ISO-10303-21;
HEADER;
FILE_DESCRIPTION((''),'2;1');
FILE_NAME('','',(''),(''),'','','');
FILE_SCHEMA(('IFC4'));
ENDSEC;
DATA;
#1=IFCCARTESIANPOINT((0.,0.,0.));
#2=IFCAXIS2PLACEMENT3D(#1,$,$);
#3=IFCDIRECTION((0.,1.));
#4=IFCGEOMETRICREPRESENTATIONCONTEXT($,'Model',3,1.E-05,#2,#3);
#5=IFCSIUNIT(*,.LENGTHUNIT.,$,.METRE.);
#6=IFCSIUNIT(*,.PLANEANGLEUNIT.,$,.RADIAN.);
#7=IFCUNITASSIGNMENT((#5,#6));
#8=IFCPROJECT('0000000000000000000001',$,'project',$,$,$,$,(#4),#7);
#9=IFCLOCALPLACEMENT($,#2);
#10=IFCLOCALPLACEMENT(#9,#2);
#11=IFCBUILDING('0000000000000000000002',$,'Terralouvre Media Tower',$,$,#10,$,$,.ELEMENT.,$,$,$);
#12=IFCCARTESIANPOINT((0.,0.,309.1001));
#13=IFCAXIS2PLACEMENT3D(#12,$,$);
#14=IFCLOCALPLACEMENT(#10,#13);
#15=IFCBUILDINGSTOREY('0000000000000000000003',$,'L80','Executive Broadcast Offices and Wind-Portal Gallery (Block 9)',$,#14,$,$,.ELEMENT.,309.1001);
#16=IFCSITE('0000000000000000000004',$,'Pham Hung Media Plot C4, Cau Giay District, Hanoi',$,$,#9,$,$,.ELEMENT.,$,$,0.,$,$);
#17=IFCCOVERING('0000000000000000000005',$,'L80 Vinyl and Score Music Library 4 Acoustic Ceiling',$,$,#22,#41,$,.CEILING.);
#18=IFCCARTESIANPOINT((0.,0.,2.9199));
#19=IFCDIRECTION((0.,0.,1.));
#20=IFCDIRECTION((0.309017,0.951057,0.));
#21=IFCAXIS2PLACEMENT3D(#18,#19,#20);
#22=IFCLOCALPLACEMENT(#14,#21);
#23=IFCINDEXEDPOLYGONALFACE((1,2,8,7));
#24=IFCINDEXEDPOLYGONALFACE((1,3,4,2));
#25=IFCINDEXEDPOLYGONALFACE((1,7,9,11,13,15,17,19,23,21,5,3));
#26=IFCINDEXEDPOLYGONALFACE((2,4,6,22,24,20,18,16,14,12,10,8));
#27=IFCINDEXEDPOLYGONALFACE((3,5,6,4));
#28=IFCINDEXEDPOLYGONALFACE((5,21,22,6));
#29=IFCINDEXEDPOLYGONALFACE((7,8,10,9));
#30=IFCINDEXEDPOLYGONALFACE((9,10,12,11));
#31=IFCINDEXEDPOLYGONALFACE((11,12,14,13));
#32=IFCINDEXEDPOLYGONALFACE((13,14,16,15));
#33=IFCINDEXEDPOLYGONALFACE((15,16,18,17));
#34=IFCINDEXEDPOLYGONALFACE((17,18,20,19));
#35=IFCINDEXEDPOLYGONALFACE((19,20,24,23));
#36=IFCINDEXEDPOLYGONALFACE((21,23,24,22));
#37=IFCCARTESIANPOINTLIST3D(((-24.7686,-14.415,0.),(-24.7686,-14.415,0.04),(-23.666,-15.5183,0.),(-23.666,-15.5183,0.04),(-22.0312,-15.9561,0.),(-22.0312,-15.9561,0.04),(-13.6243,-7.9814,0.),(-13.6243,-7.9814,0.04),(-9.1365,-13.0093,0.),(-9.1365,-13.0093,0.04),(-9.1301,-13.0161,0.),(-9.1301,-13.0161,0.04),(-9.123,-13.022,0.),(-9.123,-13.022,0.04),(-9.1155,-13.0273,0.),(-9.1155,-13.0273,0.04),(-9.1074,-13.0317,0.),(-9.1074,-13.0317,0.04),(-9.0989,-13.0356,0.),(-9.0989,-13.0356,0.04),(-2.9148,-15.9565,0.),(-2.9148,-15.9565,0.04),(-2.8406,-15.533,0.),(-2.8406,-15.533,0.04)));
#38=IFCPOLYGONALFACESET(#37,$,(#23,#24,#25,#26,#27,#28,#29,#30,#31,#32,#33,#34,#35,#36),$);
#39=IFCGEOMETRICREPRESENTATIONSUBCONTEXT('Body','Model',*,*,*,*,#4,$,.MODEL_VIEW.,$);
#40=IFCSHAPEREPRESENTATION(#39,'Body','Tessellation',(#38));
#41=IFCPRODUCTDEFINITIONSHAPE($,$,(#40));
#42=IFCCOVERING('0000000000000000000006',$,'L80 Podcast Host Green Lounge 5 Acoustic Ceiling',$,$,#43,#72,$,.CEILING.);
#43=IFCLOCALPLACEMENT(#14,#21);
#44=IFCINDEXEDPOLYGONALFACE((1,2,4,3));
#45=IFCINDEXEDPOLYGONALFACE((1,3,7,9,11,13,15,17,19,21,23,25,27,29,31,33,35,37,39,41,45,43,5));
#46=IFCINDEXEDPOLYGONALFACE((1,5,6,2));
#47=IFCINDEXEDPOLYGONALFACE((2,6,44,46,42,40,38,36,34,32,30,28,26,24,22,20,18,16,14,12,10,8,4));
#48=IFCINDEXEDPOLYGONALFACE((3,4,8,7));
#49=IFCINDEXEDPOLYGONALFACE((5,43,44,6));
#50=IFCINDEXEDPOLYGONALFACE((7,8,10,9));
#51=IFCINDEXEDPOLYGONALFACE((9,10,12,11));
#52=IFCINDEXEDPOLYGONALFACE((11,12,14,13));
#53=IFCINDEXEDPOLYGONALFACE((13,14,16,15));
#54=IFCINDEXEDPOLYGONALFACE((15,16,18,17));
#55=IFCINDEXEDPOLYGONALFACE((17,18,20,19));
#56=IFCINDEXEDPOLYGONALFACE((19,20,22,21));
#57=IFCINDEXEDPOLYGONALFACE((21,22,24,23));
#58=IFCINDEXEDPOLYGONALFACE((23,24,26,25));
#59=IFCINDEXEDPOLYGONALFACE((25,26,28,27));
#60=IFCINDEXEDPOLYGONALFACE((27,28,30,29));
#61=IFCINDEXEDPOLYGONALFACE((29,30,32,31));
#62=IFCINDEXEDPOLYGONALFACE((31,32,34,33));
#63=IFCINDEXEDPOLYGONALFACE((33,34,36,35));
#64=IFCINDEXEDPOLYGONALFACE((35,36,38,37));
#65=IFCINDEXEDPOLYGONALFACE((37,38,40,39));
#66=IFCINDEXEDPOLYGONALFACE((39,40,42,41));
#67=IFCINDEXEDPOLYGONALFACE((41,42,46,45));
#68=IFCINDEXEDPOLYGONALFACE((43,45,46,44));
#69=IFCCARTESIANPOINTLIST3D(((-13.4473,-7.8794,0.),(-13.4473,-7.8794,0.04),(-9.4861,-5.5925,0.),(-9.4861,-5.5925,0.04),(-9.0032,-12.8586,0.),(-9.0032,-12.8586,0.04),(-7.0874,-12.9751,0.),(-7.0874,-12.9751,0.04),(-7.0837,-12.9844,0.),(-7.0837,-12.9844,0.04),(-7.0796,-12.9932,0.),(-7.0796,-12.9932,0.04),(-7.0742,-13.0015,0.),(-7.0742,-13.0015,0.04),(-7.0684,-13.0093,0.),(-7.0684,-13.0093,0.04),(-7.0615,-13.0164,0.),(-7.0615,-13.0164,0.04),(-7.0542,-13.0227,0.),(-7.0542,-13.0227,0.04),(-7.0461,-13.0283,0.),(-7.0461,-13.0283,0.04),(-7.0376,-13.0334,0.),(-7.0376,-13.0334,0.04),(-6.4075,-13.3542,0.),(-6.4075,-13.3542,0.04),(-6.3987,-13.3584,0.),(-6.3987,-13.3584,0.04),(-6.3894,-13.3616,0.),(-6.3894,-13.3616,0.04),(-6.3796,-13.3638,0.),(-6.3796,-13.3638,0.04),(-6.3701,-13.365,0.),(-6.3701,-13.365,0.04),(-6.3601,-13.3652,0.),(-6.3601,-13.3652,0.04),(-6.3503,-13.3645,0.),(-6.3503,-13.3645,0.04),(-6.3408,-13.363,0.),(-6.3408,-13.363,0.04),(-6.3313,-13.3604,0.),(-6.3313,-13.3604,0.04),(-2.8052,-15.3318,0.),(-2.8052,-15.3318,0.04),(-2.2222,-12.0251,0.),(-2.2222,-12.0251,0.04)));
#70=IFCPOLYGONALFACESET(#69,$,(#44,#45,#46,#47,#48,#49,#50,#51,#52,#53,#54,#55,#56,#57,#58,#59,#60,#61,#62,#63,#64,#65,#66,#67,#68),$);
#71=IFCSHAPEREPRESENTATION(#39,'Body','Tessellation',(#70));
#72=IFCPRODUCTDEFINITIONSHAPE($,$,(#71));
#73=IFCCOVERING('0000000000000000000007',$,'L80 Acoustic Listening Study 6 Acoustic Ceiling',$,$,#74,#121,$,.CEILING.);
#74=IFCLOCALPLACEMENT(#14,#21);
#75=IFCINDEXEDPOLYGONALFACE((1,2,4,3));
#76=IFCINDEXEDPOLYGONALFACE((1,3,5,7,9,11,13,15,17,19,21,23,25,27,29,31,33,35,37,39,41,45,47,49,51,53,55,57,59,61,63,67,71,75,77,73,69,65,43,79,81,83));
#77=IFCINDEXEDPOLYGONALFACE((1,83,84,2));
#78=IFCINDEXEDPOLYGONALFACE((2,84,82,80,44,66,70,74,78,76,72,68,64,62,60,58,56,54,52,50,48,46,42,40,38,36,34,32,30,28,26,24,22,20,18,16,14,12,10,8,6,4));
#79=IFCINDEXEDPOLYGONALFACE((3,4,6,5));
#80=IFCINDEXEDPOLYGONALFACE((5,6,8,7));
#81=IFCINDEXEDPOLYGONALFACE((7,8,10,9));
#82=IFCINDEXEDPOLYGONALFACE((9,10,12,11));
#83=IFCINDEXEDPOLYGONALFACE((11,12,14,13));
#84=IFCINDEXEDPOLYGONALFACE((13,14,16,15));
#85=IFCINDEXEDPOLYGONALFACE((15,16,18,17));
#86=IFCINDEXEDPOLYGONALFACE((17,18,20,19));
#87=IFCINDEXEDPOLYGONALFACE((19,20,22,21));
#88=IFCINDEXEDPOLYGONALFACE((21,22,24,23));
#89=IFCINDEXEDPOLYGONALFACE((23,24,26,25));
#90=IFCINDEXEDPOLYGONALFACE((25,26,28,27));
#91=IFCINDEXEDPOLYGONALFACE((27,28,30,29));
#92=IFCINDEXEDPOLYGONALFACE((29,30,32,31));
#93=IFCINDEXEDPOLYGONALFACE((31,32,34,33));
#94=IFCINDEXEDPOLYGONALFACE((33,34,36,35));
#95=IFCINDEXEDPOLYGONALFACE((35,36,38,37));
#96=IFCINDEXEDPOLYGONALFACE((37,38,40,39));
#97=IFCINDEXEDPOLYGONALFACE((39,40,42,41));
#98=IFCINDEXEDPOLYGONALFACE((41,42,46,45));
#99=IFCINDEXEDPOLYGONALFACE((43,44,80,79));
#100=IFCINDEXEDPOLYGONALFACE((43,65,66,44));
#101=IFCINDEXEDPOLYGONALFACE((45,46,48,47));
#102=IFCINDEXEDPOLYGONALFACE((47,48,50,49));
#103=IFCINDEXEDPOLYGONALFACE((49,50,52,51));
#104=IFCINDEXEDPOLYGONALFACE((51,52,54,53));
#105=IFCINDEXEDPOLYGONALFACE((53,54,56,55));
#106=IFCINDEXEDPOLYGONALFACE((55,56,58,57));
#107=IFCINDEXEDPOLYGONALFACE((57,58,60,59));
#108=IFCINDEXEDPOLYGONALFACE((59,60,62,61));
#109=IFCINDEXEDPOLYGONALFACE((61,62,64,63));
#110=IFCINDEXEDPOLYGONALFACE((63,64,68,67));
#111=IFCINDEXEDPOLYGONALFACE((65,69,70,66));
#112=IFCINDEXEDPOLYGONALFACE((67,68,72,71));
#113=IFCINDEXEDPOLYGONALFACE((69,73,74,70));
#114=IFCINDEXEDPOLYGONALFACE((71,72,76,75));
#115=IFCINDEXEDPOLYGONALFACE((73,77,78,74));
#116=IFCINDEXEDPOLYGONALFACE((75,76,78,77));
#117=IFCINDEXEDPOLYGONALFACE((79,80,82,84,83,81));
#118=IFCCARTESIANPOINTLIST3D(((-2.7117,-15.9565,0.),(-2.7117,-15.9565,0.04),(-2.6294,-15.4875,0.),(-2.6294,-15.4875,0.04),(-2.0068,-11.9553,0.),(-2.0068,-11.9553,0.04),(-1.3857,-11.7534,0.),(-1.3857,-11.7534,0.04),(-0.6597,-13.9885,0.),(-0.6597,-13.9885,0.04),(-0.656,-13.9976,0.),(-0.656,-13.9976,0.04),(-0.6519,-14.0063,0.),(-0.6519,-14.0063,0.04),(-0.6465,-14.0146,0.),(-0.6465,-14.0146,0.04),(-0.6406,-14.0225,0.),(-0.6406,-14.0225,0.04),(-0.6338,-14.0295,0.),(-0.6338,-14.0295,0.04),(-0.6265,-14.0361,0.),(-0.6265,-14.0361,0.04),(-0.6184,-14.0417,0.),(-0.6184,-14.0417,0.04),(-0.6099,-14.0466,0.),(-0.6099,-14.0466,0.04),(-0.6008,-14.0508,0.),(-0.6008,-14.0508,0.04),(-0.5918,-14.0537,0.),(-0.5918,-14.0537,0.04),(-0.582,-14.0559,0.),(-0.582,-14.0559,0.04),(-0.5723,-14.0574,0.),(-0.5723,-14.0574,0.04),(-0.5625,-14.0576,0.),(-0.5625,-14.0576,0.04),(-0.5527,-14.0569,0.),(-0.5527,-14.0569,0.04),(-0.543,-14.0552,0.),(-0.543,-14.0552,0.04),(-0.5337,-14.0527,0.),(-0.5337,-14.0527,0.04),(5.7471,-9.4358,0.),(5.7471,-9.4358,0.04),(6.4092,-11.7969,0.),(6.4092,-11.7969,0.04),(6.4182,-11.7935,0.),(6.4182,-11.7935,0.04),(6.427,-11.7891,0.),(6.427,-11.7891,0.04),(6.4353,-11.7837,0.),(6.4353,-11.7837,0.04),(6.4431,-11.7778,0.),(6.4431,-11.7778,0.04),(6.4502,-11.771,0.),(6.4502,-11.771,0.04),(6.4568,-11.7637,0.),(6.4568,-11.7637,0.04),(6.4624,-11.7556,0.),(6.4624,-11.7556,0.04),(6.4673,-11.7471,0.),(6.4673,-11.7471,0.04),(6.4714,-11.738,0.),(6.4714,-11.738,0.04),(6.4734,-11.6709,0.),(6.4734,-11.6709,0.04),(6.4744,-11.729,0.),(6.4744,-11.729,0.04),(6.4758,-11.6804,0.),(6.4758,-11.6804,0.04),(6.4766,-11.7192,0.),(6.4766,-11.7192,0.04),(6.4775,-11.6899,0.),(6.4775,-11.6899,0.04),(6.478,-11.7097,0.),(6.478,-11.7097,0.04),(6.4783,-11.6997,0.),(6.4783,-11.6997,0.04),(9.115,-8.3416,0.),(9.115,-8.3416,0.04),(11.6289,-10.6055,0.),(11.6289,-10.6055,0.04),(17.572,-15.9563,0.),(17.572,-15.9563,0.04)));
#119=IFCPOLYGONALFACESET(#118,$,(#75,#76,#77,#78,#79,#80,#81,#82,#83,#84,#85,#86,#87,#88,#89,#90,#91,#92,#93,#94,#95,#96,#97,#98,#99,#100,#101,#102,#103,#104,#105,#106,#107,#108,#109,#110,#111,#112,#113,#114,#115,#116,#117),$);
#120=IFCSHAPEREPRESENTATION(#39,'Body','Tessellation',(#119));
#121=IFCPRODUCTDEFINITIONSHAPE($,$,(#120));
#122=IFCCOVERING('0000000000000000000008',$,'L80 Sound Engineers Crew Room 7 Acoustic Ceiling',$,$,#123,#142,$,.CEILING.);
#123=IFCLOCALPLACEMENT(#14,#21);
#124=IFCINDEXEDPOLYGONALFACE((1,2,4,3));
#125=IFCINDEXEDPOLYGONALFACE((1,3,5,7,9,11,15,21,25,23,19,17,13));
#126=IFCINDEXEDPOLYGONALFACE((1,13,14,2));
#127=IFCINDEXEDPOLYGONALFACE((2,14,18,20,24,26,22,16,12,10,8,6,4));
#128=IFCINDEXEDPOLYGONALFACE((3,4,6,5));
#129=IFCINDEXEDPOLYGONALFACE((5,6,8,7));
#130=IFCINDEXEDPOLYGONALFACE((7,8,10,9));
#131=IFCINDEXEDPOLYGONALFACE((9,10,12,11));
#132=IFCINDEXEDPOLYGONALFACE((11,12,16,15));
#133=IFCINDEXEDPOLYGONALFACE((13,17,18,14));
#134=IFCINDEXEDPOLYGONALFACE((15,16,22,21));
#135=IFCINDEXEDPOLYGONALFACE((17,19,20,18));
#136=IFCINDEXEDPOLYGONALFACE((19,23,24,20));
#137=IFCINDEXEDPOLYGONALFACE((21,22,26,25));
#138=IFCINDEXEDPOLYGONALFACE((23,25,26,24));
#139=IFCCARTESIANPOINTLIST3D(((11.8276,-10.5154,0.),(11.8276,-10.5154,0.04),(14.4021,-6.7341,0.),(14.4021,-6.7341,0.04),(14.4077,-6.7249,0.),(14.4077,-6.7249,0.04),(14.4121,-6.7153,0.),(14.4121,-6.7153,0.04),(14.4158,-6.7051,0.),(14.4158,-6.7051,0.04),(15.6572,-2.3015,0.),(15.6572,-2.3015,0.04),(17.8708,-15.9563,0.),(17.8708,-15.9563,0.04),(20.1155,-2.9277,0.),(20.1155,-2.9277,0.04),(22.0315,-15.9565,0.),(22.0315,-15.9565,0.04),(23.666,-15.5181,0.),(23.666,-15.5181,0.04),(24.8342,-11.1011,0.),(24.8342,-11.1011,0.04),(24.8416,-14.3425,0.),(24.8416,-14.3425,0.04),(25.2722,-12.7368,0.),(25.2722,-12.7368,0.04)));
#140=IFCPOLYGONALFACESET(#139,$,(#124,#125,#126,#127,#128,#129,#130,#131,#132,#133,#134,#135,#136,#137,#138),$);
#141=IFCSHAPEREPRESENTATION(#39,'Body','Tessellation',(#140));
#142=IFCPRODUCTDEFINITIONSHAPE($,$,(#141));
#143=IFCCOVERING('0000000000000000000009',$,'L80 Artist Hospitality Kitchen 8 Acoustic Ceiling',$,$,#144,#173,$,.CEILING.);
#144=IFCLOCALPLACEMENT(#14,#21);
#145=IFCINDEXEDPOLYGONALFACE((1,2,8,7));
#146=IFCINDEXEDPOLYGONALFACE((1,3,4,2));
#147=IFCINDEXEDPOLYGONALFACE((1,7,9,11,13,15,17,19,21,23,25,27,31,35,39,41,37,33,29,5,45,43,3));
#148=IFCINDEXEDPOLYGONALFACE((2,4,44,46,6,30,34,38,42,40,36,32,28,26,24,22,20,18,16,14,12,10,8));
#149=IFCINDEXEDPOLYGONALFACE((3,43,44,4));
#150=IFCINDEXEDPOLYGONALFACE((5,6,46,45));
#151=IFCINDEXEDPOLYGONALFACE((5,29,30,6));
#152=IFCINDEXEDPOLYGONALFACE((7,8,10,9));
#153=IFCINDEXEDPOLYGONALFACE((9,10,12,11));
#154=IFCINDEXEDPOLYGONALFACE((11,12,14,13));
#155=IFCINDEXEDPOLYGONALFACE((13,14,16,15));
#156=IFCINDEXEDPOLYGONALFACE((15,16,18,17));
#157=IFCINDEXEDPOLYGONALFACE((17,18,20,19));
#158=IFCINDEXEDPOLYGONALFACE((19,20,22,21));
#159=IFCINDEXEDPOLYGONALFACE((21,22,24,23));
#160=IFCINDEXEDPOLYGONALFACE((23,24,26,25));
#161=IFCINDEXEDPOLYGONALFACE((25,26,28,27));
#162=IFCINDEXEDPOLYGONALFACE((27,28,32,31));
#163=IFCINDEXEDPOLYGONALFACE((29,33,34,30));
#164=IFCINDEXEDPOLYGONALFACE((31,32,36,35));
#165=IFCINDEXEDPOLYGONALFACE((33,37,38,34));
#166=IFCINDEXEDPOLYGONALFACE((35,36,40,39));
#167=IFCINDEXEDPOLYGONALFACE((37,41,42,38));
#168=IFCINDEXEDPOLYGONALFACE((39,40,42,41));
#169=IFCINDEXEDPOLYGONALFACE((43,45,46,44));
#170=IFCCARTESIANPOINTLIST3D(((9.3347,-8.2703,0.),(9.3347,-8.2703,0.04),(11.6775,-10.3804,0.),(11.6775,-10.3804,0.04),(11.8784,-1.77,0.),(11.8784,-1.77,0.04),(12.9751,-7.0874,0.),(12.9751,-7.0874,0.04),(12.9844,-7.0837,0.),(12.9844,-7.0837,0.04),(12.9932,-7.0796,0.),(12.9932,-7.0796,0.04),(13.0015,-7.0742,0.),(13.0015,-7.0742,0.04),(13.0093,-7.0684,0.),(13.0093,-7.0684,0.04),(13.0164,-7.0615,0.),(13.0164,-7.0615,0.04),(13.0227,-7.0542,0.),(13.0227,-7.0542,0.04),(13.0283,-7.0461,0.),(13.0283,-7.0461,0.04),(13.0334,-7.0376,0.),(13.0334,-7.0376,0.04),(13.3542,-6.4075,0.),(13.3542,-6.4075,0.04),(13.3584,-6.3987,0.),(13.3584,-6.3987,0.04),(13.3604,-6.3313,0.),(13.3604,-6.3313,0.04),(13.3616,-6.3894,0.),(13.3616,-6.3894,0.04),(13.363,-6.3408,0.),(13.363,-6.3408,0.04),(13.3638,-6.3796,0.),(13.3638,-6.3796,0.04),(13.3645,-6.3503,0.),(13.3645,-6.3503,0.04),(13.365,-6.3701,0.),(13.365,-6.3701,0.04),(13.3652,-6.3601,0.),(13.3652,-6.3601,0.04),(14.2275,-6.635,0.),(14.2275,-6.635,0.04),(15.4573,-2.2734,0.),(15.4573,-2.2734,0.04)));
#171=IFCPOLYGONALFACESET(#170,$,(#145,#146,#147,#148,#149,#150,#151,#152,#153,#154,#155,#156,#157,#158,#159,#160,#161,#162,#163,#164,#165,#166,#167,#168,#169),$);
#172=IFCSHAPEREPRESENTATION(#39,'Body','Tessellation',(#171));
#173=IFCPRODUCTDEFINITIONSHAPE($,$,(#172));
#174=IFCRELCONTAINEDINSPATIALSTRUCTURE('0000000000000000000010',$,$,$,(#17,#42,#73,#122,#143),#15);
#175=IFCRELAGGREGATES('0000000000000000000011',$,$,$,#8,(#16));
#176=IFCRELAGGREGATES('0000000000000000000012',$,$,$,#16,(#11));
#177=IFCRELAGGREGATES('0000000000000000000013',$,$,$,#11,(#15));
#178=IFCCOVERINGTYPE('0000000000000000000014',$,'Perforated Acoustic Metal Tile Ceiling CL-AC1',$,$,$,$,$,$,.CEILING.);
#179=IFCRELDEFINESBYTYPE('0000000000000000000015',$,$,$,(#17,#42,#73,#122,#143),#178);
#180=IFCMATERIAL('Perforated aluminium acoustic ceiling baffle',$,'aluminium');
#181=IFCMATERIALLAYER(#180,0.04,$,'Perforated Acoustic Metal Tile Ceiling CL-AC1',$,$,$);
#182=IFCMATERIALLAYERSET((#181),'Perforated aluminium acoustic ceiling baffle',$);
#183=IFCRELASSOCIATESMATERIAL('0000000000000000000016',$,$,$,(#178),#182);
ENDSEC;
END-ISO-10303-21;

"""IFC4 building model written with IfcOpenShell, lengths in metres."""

from ifc_helpers import new_model, si_unit, direction, frame, origin, place, context, subcontext, project, spatial, polyline, outline, extrude, material, layer, layer_set, type_object, element, save


model = new_model("IFC4")

# Units and contexts
model_context = context("Model", 3, precision=1e-05, world=origin(), true_north=direction((0.0, 1.0)))
body_context = subcontext(model_context, "Body", "Model", "MODEL_VIEW")
ifc_project = project(units=[si_unit("LENGTHUNIT", "METRE"), si_unit("PLANEANGLEUNIT", "RADIAN")], contexts=[model_context])

# Site, building, storey
site_placement = place(None, origin())
site = spatial("IfcSite", under=ifc_project, at=site_placement, Name="Pham Hung Media Plot C4, Cau Giay District, Hanoi", CompositionType="ELEMENT", RefElevation=0.0)
building_placement = place(site_placement, origin())
building = spatial("IfcBuilding", under=site, at=building_placement, Name="Terralouvre Media Tower", CompositionType="ELEMENT")
storey_placement = place(building_placement, frame((0.0, 0.0, 309.1001)))
storey = spatial("IfcBuildingStorey", under=building, at=storey_placement, Name="L80", Description="Executive Broadcast Offices and Wind-Portal Gallery (Block 9)", CompositionType="ELEMENT", Elevation=309.1001)

# Coverings
ifc_material_1 = material(Name="Perforated aluminium acoustic ceiling baffle", Category="aluminium")
ifc_layer_1 = layer(ifc_material_1, 0.04, Name="Perforated Acoustic Metal Tile Ceiling CL-AC1")
ifc_layer_set_1 = layer_set([ifc_layer_1], Name="Perforated aluminium acoustic ceiling baffle")
covering_type_1 = type_object("IfcCoveringType", Name="Perforated Acoustic Metal Tile Ceiling CL-AC1", PredefinedType="CEILING", material=ifc_layer_set_1)
covering_1_placement = place(storey_placement, frame((0.0, 0.0, 2.9199), z_axis=(0.0, 0.0, 1.0), x_axis=(0.309017, 0.951057, 0.0)))
element("IfcCovering", 1, at=covering_1_placement, inside=storey, type_object=covering_type_1, Name="L80 Vinyl and Score Music Library 4 Acoustic Ceiling", PredefinedType="CEILING", context=body_context, shape_type="SweptSolid", body=[
    extrude(outline(polyline([(-9.0989, -13.0356), (-9.1074, -13.0317), (-9.1155, -13.0273), (-9.123, -13.022), (-9.1301, -13.0161), (-9.1365, -13.0093), (-13.6243, -7.9814), (-24.7686, -14.415), (-23.666, -15.5183), (-22.0312, -15.9561), (-2.9148, -15.9565), (-2.8406, -15.533), (-9.0989, -13.0356)])), origin(), (0.0, 0.0, 1.0), 0.04),
])
covering_2_placement = place(storey_placement, frame((0.0, 0.0, 2.9199), z_axis=(0.0, 0.0, 1.0), x_axis=(0.309017, 0.951057, 0.0)))
element("IfcCovering", 2, at=covering_2_placement, inside=storey, type_object=covering_type_1, Name="L80 Podcast Host Green Lounge 5 Acoustic Ceiling", PredefinedType="CEILING", context=body_context, shape_type="SweptSolid", body=[
    extrude(outline(polyline([(-9.0032, -12.8586), (-2.8052, -15.3318), (-2.2222, -12.0251), (-6.3313, -13.3604), (-6.3408, -13.363), (-6.3503, -13.3645), (-6.3601, -13.3652), (-6.3701, -13.365), (-6.3796, -13.3638), (-6.3894, -13.3616), (-6.3987, -13.3584), (-6.4075, -13.3542), (-7.0376, -13.0334), (-7.0461, -13.0283), (-7.0542, -13.0227), (-7.0615, -13.0164), (-7.0684, -13.0093), (-7.0742, -13.0015), (-7.0796, -12.9932), (-7.0837, -12.9844), (-7.0874, -12.9751), (-9.4861, -5.5925), (-13.4473, -7.8794), (-9.0032, -12.8586)])), origin(), (0.0, 0.0, 1.0), 0.04),
])
covering_3_placement = place(storey_placement, frame((0.0, 0.0, 2.9199), z_axis=(0.0, 0.0, 1.0), x_axis=(0.309017, 0.951057, 0.0)))
element("IfcCovering", 3, at=covering_3_placement, inside=storey, type_object=covering_type_1, Name="L80 Acoustic Listening Study 6 Acoustic Ceiling", PredefinedType="CEILING", context=body_context, shape_type="SweptSolid", body=[
    extrude(outline(polyline([(9.115, -8.3416), (5.7471, -9.4358), (6.4734, -11.6709), (6.4758, -11.6804), (6.4775, -11.6899), (6.4783, -11.6997), (6.478, -11.7097), (6.4766, -11.7192), (6.4744, -11.729), (6.4714, -11.738), (6.4673, -11.7471), (6.4624, -11.7556), (6.4568, -11.7637), (6.4502, -11.771), (6.4431, -11.7778), (6.4353, -11.7837), (6.427, -11.7891), (6.4182, -11.7935), (6.4092, -11.7969), (-0.5337, -14.0527), (-0.543, -14.0552), (-0.5527, -14.0569), (-0.5625, -14.0576), (-0.5723, -14.0574), (-0.582, -14.0559), (-0.5918, -14.0537), (-0.6008, -14.0508), (-0.6099, -14.0466), (-0.6184, -14.0417), (-0.6265, -14.0361), (-0.6338, -14.0295), (-0.6406, -14.0225), (-0.6465, -14.0146), (-0.6519, -14.0063), (-0.656, -13.9976), (-0.6597, -13.9885), (-1.3857, -11.7534), (-2.0068, -11.9553), (-2.6294, -15.4875), (-2.7117, -15.9565), (17.572, -15.9563), (11.6289, -10.6055), (9.115, -8.3416)])), origin(), (0.0, 0.0, 1.0), 0.04),
])
covering_4_placement = place(storey_placement, frame((0.0, 0.0, 2.9199), z_axis=(0.0, 0.0, 1.0), x_axis=(0.309017, 0.951057, 0.0)))
element("IfcCovering", 4, at=covering_4_placement, inside=storey, type_object=covering_type_1, Name="L80 Sound Engineers Crew Room 7 Acoustic Ceiling", PredefinedType="CEILING", context=body_context, shape_type="SweptSolid", body=[
    extrude(outline(polyline([(14.4158, -6.7051), (14.4121, -6.7153), (14.4077, -6.7249), (14.4021, -6.7341), (11.8276, -10.5154), (17.8708, -15.9563), (22.0315, -15.9565), (23.666, -15.5181), (24.8416, -14.3425), (25.2722, -12.7368), (24.8342, -11.1011), (20.1155, -2.9277), (15.6572, -2.3015), (14.4158, -6.7051)])), origin(), (0.0, 0.0, 1.0), 0.04),
])
covering_5_placement = place(storey_placement, frame((0.0, 0.0, 2.9199), z_axis=(0.0, 0.0, 1.0), x_axis=(0.309017, 0.951057, 0.0)))
element("IfcCovering", 5, at=covering_5_placement, inside=storey, type_object=covering_type_1, Name="L80 Artist Hospitality Kitchen 8 Acoustic Ceiling", PredefinedType="CEILING", context=body_context, shape_type="SweptSolid", body=[
    extrude(outline(polyline([(14.2275, -6.635), (15.4573, -2.2734), (11.8784, -1.77), (13.3604, -6.3313), (13.363, -6.3408), (13.3645, -6.3503), (13.3652, -6.3601), (13.365, -6.3701), (13.3638, -6.3796), (13.3616, -6.3894), (13.3584, -6.3987), (13.3542, -6.4075), (13.0334, -7.0376), (13.0283, -7.0461), (13.0227, -7.0542), (13.0164, -7.0615), (13.0093, -7.0684), (13.0015, -7.0742), (12.9932, -7.0796), (12.9844, -7.0837), (12.9751, -7.0874), (9.3347, -8.2703), (11.6775, -10.3804), (14.2275, -6.635)])), origin(), (0.0, 0.0, 1.0), 0.04),
])

save(model, "model.ifc")
